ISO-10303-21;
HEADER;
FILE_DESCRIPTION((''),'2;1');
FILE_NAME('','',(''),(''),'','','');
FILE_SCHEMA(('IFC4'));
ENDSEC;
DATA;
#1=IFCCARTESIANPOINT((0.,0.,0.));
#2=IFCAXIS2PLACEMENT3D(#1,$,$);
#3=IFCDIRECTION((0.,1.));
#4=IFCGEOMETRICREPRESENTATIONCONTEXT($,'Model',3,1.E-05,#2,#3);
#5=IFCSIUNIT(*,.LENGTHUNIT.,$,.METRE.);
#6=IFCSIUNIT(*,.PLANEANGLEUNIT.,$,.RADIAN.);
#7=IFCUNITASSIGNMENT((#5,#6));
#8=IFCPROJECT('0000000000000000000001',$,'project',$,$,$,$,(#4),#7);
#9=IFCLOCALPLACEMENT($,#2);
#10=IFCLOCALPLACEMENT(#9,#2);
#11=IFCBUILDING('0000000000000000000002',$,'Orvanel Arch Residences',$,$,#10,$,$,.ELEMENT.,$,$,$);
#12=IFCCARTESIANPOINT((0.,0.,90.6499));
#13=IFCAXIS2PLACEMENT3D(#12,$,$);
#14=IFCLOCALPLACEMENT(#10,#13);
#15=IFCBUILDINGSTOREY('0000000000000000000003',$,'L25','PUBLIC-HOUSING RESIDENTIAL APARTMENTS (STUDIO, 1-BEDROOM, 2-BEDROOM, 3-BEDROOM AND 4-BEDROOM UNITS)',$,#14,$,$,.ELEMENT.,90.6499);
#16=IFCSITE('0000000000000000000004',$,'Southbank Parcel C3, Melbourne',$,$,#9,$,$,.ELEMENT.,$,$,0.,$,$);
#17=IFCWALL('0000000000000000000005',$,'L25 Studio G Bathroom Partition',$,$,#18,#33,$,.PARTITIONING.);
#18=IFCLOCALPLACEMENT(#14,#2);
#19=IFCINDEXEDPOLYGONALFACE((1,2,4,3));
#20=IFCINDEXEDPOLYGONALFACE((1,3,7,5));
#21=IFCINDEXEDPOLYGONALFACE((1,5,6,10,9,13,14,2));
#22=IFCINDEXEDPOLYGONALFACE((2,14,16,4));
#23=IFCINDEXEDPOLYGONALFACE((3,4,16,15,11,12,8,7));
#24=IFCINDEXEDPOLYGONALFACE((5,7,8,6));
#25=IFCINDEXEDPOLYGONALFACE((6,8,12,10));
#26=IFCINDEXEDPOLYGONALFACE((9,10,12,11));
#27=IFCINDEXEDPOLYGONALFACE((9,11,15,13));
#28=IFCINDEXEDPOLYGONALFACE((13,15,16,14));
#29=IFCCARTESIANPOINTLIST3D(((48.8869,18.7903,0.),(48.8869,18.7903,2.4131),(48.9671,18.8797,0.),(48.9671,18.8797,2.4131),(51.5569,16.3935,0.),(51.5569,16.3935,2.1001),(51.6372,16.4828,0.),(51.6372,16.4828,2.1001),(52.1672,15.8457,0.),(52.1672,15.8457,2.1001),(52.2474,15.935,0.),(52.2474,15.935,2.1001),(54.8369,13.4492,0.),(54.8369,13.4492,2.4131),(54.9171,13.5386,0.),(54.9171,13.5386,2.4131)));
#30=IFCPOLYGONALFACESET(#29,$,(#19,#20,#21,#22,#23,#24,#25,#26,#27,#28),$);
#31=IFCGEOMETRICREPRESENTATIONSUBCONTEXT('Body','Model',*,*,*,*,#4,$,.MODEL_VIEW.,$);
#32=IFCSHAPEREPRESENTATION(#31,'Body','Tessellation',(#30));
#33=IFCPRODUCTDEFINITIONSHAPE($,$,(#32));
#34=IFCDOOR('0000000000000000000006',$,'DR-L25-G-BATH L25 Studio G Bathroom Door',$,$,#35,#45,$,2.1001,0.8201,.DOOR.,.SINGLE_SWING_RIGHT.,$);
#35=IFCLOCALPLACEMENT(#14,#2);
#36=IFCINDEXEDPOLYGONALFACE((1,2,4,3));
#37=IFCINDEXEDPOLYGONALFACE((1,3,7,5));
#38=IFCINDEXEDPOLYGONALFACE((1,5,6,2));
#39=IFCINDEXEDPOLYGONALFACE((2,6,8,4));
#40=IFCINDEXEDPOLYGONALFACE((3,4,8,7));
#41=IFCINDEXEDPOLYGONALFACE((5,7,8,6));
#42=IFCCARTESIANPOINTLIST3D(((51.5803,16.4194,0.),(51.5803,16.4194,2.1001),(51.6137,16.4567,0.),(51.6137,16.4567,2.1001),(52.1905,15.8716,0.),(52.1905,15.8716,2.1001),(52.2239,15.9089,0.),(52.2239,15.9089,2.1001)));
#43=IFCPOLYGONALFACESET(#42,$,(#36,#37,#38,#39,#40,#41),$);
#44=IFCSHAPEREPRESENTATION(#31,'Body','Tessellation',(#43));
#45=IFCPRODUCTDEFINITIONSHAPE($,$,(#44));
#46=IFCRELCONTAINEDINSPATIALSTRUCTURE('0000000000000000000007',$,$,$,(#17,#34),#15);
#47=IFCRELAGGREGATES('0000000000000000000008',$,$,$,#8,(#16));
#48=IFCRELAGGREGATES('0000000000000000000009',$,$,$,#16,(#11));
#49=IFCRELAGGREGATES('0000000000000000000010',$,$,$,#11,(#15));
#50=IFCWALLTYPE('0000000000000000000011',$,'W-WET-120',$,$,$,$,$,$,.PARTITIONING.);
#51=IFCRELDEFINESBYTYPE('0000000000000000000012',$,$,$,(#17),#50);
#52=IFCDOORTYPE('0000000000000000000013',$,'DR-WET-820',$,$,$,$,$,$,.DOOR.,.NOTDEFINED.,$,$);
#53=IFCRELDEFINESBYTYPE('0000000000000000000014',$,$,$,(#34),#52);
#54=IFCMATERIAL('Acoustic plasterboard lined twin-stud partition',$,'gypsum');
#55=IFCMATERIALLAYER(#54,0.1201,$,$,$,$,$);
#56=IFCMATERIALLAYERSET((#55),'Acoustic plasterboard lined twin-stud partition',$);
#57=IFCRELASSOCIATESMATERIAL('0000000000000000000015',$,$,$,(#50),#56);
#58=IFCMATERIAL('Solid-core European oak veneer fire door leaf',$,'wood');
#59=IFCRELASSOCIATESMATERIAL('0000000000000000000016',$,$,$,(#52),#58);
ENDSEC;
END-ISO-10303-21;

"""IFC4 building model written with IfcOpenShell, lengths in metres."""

from ifc_helpers import new_model, si_unit, direction, frame, frame_2d, origin, place, context, subcontext, project, spatial, rectangle, extrude, material, layer, layer_set, type_object, element, fill, save


model = new_model("IFC4")

# Units and contexts
model_context = context("Model", 3, precision=1e-05, world=origin(), true_north=direction((0.0, 1.0)))
body_context = subcontext(model_context, "Body", "Model", "MODEL_VIEW")
ifc_project = project(units=[si_unit("LENGTHUNIT", "METRE"), si_unit("PLANEANGLEUNIT", "RADIAN")], contexts=[model_context])

# Site, building, storey
site_placement = place(None, origin())
site = spatial("IfcSite", under=ifc_project, at=site_placement, Name="Southbank Parcel C3, Melbourne", CompositionType="ELEMENT", RefElevation=0.0)
building_placement = place(site_placement, origin())
building = spatial("IfcBuilding", under=site, at=building_placement, Name="Orvanel Arch Residences", CompositionType="ELEMENT")
storey_placement = place(building_placement, frame((0.0, 0.0, 90.6499)))
storey = spatial("IfcBuildingStorey", under=building, at=storey_placement, Name="L25", Description="PUBLIC-HOUSING RESIDENTIAL APARTMENTS (STUDIO, 1-BEDROOM, 2-BEDROOM, 3-BEDROOM AND 4-BEDROOM UNITS)", CompositionType="ELEMENT", Elevation=90.6499)

# Shared definitions
ifc_material_1 = material(Name="Solid-core European oak veneer fire door leaf", Category="wood")

# Shared definitions
ifc_material_2 = material(Name="Acoustic plasterboard lined twin-stud partition", Category="gypsum")
ifc_layer_1 = layer(ifc_material_2, 0.1201)
ifc_layer_set_1 = layer_set([ifc_layer_1], Name="Acoustic plasterboard lined twin-stud partition")
wall_type_1 = type_object("IfcWallType", Name="W-WET-120", PredefinedType="PARTITIONING", material=ifc_layer_set_1)

# Wall, opening, door
wall_1_placement = place(storey_placement, frame((48.927, 18.835, 0.0), z_axis=(0.0, 0.0, 1.0), x_axis=(0.744157, -0.668004, 0.0)))
wall_1 = element("IfcWall", 1, at=wall_1_placement, inside=storey, type_object=wall_type_1, Name="L25 Studio G Bathroom Partition", PredefinedType="PARTITIONING", context=body_context, shape_type="SweptSolid", body=[
    extrude(rectangle(XDim=7.9956, YDim=0.1201, at=frame_2d((3.9978, 0.0))), origin(), (0.0, 0.0, 1.0), 2.4131),
])
opening_1_placement = place(wall_1_placement, frame((3.5879, 0.0, 0.0)))
opening_1 = element("IfcOpeningElement", 2, at=opening_1_placement, cuts=wall_1, PredefinedType="OPENING", context=body_context, shape_type="SweptSolid", body=[
    extrude(rectangle(XDim=0.8201, YDim=2.1001, at=frame_2d((0.4102, 1.05))), frame((0.0, 0.0701, 0.0), z_axis=(0.0, -1.0, 0.0), x_axis=(1.0, 0.0, 0.0)), (0.0, 0.0, 1.0), 0.1401),
])
door_type_1 = type_object("IfcDoorType", Name="DR-WET-820", OperationType="NOTDEFINED", PredefinedType="DOOR", material=ifc_material_1)
door_1_placement = place(opening_1_placement, origin())
door_1 = element("IfcDoor", 3, at=door_1_placement, inside=storey, type_object=door_type_1, Name="DR-L25-G-BATH L25 Studio G Bathroom Door", OperationType="SINGLE_SWING_RIGHT", OverallHeight=2.1001, OverallWidth=0.8201, PredefinedType="DOOR", context=body_context, shape_type="SweptSolid", body=[
    extrude(rectangle(XDim=0.8201, YDim=2.1001, at=frame_2d((0.4102, 1.05))), frame((0.0, 0.0249, 0.0), z_axis=(0.0, -1.0, 0.0), x_axis=(1.0, 0.0, 0.0)), (0.0, 0.0, 1.0), 0.05),
])
fill(opening_1, door_1)

save(model, "model.ifc")
